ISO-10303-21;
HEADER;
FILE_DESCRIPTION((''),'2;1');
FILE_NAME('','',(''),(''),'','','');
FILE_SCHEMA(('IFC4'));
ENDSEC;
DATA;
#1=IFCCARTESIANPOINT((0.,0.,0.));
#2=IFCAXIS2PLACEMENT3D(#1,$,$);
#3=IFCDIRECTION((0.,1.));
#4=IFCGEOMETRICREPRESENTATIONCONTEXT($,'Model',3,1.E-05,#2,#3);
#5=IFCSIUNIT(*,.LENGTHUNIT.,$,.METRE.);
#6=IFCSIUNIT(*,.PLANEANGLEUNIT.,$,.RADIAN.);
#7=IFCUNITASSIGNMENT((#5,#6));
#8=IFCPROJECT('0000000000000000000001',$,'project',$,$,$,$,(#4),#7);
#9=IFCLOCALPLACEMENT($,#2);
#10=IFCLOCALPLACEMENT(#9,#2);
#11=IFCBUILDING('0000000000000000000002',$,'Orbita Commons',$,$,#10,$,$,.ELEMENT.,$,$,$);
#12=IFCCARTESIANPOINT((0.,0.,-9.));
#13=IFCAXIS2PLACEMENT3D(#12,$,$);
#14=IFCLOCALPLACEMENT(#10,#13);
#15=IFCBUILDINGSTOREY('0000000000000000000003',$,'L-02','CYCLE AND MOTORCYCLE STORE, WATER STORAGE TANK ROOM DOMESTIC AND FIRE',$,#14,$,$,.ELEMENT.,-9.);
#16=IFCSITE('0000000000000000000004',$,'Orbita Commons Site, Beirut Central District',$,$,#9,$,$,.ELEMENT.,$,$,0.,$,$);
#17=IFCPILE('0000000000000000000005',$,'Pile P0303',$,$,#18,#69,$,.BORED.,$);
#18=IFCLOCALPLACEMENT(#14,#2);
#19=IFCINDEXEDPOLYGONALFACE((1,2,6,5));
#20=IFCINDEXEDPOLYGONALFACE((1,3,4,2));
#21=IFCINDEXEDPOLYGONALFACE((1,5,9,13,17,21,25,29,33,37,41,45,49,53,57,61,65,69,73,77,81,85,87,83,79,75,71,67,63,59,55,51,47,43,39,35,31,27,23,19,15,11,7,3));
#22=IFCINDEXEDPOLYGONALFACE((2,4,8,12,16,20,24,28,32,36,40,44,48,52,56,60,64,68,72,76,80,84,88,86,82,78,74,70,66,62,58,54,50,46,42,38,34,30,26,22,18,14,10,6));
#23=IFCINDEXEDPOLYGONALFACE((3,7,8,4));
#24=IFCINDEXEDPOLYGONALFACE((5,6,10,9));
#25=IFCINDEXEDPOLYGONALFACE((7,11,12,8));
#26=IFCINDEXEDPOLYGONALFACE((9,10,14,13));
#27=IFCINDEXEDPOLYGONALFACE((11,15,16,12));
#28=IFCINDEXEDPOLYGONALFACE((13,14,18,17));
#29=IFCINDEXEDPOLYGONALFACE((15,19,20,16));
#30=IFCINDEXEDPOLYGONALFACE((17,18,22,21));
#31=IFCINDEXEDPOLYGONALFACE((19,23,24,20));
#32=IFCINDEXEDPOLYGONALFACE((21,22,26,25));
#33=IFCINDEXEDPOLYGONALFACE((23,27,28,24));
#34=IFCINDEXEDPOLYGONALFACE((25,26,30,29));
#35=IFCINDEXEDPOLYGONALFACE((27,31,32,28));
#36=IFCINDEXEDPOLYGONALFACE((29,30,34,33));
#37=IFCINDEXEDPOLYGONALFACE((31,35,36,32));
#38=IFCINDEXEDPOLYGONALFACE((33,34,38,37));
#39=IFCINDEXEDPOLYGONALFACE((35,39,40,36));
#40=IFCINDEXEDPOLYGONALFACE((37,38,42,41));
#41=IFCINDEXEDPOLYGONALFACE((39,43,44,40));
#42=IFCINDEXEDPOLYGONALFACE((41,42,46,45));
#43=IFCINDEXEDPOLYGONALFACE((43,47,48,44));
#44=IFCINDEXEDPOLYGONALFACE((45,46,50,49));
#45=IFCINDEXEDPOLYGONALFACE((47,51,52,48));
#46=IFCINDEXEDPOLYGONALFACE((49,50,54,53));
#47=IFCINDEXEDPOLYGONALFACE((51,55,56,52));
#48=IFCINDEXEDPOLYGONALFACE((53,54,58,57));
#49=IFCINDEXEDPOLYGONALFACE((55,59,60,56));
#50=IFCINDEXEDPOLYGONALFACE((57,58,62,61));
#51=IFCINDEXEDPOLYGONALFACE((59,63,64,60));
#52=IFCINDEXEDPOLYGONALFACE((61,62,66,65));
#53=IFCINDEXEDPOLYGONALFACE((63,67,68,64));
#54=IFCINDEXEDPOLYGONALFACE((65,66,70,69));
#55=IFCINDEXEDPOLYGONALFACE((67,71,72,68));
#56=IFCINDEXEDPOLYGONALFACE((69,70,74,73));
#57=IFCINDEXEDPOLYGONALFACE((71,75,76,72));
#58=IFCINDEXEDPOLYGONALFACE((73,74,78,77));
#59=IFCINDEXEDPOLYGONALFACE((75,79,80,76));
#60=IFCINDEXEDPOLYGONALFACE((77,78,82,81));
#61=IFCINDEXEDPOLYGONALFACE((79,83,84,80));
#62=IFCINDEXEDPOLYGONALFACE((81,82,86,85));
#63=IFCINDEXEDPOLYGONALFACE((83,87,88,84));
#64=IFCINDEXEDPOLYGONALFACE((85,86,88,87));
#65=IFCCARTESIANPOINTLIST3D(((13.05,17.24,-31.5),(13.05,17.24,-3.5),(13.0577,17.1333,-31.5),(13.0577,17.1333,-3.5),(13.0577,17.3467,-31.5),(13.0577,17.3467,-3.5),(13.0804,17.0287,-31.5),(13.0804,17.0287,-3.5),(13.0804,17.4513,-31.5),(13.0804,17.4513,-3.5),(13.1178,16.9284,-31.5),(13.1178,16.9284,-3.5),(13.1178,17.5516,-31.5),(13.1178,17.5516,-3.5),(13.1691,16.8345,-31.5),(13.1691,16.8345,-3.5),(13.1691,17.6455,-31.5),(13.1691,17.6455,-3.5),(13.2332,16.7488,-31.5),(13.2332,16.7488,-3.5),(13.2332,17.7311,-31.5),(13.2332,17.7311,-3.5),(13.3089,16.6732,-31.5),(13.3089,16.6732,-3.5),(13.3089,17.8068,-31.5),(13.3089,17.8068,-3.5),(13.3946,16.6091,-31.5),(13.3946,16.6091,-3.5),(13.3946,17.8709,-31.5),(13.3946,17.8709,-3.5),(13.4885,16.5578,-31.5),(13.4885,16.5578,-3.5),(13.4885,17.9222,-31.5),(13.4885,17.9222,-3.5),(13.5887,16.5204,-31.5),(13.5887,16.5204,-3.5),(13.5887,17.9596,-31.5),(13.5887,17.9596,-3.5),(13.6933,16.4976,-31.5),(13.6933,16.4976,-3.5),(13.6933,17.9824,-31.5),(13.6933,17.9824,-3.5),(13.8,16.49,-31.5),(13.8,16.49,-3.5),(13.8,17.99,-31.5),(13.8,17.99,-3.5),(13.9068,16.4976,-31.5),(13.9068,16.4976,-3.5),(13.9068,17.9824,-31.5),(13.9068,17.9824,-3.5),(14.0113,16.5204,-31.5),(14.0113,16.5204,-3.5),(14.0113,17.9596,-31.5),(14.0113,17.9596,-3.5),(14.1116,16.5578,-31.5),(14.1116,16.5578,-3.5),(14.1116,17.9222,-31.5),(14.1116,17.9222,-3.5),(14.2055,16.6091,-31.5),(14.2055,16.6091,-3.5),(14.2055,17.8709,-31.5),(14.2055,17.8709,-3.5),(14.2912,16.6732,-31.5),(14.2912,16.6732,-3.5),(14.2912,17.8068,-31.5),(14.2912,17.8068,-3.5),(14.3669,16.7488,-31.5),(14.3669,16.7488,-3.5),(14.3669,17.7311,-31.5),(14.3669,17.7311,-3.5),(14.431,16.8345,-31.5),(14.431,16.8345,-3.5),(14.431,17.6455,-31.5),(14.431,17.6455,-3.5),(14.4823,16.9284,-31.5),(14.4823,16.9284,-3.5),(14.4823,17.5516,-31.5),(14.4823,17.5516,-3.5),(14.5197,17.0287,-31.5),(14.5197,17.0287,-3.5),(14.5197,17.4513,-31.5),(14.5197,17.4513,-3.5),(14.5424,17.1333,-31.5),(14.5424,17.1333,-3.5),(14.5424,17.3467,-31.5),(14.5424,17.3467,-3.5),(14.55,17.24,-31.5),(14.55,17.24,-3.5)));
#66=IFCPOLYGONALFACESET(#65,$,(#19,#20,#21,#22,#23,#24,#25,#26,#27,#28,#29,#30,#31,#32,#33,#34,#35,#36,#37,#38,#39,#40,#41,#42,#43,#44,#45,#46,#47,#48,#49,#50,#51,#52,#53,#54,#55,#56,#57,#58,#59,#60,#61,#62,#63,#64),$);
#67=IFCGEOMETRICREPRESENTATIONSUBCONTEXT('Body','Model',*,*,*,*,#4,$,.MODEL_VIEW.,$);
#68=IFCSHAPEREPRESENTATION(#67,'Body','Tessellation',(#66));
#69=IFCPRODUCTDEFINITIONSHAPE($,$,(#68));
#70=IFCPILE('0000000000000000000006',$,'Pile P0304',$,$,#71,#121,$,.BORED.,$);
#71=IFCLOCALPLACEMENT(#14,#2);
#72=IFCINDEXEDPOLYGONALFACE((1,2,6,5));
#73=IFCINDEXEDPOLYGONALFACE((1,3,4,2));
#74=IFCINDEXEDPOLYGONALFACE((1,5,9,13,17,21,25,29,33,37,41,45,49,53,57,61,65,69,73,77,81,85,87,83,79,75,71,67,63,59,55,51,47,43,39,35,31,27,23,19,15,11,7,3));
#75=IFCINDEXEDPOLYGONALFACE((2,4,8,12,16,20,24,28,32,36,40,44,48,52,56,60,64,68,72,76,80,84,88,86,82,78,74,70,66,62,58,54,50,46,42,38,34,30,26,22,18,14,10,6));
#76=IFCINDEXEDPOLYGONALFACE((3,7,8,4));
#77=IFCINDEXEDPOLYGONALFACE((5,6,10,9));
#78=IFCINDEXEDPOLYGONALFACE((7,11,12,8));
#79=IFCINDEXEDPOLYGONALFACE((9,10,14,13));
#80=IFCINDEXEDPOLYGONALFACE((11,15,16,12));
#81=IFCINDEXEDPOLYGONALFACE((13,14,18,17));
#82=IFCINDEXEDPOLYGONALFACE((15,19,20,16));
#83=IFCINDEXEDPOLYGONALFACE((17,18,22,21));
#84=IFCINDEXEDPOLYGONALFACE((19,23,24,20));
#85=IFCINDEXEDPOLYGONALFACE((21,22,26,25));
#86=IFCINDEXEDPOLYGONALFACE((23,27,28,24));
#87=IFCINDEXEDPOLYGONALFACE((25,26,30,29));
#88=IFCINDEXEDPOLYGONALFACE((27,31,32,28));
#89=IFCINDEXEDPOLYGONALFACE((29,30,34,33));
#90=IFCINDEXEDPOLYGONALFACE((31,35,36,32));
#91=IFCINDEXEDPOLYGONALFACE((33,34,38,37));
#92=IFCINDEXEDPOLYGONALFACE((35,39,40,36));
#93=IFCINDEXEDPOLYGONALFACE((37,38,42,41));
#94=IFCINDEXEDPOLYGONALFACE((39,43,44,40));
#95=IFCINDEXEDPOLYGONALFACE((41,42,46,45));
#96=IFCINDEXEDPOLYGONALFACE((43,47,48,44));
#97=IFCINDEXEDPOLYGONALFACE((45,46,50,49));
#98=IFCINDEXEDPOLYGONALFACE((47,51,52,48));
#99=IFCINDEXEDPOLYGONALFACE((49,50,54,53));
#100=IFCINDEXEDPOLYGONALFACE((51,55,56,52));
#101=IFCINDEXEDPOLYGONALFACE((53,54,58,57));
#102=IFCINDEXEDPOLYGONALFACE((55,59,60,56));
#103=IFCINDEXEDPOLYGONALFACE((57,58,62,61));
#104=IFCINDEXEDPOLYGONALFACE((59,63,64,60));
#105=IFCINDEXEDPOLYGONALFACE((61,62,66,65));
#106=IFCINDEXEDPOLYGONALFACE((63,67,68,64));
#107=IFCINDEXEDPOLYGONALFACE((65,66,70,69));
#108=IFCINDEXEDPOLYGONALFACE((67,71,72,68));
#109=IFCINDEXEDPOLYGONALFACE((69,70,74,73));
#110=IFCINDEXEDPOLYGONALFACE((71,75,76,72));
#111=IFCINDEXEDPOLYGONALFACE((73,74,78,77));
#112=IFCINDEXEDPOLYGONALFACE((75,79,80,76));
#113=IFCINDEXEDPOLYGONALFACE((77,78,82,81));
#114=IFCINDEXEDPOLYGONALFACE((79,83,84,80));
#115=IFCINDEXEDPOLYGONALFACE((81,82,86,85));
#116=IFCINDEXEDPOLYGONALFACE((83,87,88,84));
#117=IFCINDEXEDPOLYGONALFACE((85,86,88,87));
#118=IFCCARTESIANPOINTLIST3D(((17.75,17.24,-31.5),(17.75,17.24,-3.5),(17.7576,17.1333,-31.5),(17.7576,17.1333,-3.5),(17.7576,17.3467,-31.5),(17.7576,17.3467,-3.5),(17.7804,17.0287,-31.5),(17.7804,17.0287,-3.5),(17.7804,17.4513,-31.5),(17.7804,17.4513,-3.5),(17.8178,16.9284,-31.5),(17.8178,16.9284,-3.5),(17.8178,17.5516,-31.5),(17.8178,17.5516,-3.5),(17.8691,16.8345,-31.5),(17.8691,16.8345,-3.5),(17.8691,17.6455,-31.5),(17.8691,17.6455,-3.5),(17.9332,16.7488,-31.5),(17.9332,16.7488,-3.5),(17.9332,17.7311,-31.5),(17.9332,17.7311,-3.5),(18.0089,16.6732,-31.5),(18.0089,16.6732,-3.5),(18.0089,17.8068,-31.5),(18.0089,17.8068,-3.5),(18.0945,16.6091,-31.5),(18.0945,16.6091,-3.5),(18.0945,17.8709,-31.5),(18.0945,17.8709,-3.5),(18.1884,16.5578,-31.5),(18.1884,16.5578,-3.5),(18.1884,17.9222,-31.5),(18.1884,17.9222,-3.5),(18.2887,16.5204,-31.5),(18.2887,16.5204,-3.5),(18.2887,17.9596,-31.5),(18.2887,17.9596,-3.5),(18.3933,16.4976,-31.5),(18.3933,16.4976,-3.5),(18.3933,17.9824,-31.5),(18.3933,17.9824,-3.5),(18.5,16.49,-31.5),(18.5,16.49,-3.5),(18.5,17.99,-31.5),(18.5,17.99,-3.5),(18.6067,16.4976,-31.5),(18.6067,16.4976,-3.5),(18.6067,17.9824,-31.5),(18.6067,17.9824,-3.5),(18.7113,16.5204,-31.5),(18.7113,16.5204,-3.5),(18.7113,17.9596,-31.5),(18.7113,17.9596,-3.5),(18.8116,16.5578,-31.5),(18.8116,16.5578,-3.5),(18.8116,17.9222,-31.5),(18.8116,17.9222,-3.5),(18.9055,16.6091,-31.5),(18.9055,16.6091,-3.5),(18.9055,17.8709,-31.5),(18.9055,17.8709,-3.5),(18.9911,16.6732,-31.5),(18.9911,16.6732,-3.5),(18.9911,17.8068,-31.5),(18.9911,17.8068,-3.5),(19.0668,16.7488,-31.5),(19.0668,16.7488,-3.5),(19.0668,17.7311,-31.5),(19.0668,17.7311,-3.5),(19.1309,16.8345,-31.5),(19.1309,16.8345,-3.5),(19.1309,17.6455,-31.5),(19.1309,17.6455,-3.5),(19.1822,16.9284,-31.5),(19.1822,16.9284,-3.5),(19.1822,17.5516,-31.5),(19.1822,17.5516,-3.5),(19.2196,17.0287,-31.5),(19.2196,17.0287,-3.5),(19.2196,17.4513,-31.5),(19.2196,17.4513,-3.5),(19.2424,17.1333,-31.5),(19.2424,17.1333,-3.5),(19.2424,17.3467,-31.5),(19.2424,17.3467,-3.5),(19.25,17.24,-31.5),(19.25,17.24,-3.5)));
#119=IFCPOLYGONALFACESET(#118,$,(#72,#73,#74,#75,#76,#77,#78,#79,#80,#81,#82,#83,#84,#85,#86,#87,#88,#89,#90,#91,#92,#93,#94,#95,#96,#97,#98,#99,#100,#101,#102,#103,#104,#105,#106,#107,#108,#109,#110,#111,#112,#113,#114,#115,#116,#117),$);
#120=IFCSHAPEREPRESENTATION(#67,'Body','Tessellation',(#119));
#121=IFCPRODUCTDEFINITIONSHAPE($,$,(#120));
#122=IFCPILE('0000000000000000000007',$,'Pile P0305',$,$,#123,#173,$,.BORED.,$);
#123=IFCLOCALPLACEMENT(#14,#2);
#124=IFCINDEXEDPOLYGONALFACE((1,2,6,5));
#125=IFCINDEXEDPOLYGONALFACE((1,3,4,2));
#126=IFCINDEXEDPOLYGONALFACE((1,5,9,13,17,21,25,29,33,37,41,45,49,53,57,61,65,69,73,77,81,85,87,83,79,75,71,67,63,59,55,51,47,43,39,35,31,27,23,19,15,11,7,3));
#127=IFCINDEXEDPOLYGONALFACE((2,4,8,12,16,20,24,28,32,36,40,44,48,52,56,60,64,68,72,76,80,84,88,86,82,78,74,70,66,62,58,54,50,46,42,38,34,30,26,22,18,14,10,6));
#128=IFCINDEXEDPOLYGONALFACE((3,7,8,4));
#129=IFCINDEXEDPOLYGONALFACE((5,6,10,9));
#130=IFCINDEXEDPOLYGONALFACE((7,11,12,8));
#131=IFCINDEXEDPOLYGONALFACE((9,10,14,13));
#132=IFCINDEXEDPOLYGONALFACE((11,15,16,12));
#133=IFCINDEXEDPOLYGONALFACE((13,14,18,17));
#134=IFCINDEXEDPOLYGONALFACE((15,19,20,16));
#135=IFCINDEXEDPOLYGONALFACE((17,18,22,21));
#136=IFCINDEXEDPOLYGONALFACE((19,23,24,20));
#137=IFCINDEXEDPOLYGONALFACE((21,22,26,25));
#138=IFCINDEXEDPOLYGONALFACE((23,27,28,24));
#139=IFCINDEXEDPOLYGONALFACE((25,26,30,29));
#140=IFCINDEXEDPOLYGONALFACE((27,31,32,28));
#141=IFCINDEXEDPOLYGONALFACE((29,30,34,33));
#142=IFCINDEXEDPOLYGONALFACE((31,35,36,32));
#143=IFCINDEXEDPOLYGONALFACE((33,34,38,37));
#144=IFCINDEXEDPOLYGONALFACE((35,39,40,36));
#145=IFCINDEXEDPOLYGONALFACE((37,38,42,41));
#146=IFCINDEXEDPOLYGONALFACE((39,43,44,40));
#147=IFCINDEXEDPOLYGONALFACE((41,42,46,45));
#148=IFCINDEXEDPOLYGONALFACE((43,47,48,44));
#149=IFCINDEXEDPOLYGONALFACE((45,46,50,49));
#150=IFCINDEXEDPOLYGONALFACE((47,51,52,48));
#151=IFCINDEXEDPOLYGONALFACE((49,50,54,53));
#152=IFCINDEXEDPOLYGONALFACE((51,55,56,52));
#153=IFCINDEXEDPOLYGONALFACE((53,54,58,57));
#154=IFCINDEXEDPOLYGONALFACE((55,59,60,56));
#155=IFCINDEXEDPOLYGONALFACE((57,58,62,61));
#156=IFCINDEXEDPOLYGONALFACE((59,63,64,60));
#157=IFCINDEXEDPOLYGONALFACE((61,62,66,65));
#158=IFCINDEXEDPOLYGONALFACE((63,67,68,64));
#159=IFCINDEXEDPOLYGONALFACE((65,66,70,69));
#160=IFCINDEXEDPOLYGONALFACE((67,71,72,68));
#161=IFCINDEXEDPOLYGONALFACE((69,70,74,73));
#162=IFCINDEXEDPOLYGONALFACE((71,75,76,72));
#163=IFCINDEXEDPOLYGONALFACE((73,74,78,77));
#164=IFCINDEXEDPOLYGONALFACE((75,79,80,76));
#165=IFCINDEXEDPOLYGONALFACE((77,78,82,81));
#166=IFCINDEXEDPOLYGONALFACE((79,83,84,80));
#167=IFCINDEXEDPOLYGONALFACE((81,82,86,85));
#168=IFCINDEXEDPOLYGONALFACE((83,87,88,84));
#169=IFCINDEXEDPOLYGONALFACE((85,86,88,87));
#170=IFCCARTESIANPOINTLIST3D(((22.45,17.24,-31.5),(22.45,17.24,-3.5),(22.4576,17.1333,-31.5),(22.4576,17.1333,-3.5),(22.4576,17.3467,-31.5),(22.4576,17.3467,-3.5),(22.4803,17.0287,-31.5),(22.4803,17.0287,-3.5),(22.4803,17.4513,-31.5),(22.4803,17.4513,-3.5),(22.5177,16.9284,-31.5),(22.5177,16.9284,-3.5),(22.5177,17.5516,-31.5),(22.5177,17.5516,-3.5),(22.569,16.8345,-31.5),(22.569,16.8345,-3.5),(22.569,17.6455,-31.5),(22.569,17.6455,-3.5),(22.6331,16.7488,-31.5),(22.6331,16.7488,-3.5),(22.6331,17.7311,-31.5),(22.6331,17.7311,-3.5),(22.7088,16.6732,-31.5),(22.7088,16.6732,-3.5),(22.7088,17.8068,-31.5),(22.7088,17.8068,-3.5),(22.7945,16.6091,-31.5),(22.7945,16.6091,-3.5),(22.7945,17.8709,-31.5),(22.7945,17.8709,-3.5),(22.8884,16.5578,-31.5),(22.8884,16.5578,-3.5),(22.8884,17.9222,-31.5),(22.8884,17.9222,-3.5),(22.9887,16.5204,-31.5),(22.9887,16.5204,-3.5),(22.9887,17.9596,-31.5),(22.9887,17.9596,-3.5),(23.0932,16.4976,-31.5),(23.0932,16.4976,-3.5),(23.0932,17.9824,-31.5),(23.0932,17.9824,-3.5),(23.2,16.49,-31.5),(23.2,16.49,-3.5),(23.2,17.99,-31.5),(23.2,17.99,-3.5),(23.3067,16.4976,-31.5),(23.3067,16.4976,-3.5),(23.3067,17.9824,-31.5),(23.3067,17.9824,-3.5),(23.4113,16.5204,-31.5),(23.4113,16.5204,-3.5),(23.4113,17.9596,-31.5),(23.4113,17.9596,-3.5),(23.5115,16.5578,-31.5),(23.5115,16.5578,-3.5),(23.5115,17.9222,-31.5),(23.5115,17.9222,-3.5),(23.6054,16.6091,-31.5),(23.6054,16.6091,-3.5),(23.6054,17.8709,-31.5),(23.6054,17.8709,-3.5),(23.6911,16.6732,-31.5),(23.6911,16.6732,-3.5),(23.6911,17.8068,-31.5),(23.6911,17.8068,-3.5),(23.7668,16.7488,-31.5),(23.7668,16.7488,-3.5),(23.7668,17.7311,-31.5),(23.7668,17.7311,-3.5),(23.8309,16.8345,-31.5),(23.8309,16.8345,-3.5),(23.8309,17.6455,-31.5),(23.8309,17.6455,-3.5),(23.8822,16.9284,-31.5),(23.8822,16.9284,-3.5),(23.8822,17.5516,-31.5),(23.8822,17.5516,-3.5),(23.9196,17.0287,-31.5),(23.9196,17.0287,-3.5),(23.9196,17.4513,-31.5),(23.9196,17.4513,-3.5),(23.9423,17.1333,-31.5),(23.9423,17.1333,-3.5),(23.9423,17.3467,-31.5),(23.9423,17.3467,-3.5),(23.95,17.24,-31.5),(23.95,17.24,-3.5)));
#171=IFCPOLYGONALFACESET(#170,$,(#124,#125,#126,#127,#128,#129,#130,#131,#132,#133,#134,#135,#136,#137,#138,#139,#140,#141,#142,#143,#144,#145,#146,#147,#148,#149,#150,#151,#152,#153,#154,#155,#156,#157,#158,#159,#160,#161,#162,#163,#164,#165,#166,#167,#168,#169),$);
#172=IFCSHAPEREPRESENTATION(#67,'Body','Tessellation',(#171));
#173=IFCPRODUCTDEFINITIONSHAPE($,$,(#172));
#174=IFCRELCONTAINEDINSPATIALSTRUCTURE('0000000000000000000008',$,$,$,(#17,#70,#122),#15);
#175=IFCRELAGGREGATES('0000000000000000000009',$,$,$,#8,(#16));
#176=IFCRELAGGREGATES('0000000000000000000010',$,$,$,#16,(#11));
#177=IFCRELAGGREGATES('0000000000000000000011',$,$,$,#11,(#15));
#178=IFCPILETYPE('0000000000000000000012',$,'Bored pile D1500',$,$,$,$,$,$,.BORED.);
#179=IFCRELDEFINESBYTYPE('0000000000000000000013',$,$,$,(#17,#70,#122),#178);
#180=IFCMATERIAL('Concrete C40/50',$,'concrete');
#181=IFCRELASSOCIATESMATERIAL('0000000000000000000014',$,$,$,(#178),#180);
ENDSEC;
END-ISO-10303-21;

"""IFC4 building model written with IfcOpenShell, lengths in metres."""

from ifc_helpers import new_model, si_unit, direction, frame, origin, origin_2d, place, context, subcontext, project, spatial, circle, extrude, material, material_profile, profile_set, type_object, element, save


model = new_model("IFC4")

# Units and contexts
model_context = context("Model", 3, precision=1e-05, world=origin(), true_north=direction((0.0, 1.0)))
body_context = subcontext(model_context, "Body", "Model", "MODEL_VIEW")
ifc_project = project(units=[si_unit("LENGTHUNIT", "METRE"), si_unit("PLANEANGLEUNIT", "RADIAN")], contexts=[model_context])

# Site, building, storey
site_placement = place(None, origin())
site = spatial("IfcSite", under=ifc_project, at=site_placement, Name="Orbita Commons Site, Beirut Central District", CompositionType="ELEMENT", RefElevation=0.0)
building_placement = place(site_placement, origin())
building = spatial("IfcBuilding", under=site, at=building_placement, Name="Orbita Commons", CompositionType="ELEMENT")
storey_placement = place(building_placement, frame((0.0, 0.0, -9.0)))
storey = spatial("IfcBuildingStorey", under=building, at=storey_placement, Name="L-02", Description="CYCLE AND MOTORCYCLE STORE, WATER STORAGE TANK ROOM DOMESTIC AND FIRE", CompositionType="ELEMENT", Elevation=-9.0)

# Piles
ifc_material_1 = material(Name="Concrete C40/50", Category="concrete")
ifc_material_profile_1 = material_profile(ifc_material_1, circle(Radius=0.75, at=origin_2d()), Name="RC D1500")
ifc_profile_set_1 = profile_set([ifc_material_profile_1], Name="Concrete C40/50")
pile_type = type_object("IfcPileType", Name="Bored pile D1500", PredefinedType="BORED", material=ifc_profile_set_1)
for number, where, z_axis, x_axis, name in (
    (1, (13.8, 17.24, -3.5), (0.0, 0.0, -1.0), (1.0, 0.0, 0.0), "Pile P0303"),
    (2, (18.5, 17.24, -3.5), (0.0, 0.0, -1.0), (1.0, 0.0, 0.0), "Pile P0304"),
    (3, (23.2, 17.24, -3.5), (0.0, 0.0, -1.0), (1.0, 0.0, 0.0), "Pile P0305"),
):
    element("IfcPile", number, at=place(storey_placement, frame(where, z_axis=z_axis, x_axis=x_axis)), inside=storey, type_object=pile_type, Name=name, PredefinedType="BORED", context=body_context, shape_type="SweptSolid", body=[
        extrude(circle(Radius=0.75, at=origin_2d()), origin(), (0.0, 0.0, 1.0), 28.0),
    ])

save(model, "model.ifc")
